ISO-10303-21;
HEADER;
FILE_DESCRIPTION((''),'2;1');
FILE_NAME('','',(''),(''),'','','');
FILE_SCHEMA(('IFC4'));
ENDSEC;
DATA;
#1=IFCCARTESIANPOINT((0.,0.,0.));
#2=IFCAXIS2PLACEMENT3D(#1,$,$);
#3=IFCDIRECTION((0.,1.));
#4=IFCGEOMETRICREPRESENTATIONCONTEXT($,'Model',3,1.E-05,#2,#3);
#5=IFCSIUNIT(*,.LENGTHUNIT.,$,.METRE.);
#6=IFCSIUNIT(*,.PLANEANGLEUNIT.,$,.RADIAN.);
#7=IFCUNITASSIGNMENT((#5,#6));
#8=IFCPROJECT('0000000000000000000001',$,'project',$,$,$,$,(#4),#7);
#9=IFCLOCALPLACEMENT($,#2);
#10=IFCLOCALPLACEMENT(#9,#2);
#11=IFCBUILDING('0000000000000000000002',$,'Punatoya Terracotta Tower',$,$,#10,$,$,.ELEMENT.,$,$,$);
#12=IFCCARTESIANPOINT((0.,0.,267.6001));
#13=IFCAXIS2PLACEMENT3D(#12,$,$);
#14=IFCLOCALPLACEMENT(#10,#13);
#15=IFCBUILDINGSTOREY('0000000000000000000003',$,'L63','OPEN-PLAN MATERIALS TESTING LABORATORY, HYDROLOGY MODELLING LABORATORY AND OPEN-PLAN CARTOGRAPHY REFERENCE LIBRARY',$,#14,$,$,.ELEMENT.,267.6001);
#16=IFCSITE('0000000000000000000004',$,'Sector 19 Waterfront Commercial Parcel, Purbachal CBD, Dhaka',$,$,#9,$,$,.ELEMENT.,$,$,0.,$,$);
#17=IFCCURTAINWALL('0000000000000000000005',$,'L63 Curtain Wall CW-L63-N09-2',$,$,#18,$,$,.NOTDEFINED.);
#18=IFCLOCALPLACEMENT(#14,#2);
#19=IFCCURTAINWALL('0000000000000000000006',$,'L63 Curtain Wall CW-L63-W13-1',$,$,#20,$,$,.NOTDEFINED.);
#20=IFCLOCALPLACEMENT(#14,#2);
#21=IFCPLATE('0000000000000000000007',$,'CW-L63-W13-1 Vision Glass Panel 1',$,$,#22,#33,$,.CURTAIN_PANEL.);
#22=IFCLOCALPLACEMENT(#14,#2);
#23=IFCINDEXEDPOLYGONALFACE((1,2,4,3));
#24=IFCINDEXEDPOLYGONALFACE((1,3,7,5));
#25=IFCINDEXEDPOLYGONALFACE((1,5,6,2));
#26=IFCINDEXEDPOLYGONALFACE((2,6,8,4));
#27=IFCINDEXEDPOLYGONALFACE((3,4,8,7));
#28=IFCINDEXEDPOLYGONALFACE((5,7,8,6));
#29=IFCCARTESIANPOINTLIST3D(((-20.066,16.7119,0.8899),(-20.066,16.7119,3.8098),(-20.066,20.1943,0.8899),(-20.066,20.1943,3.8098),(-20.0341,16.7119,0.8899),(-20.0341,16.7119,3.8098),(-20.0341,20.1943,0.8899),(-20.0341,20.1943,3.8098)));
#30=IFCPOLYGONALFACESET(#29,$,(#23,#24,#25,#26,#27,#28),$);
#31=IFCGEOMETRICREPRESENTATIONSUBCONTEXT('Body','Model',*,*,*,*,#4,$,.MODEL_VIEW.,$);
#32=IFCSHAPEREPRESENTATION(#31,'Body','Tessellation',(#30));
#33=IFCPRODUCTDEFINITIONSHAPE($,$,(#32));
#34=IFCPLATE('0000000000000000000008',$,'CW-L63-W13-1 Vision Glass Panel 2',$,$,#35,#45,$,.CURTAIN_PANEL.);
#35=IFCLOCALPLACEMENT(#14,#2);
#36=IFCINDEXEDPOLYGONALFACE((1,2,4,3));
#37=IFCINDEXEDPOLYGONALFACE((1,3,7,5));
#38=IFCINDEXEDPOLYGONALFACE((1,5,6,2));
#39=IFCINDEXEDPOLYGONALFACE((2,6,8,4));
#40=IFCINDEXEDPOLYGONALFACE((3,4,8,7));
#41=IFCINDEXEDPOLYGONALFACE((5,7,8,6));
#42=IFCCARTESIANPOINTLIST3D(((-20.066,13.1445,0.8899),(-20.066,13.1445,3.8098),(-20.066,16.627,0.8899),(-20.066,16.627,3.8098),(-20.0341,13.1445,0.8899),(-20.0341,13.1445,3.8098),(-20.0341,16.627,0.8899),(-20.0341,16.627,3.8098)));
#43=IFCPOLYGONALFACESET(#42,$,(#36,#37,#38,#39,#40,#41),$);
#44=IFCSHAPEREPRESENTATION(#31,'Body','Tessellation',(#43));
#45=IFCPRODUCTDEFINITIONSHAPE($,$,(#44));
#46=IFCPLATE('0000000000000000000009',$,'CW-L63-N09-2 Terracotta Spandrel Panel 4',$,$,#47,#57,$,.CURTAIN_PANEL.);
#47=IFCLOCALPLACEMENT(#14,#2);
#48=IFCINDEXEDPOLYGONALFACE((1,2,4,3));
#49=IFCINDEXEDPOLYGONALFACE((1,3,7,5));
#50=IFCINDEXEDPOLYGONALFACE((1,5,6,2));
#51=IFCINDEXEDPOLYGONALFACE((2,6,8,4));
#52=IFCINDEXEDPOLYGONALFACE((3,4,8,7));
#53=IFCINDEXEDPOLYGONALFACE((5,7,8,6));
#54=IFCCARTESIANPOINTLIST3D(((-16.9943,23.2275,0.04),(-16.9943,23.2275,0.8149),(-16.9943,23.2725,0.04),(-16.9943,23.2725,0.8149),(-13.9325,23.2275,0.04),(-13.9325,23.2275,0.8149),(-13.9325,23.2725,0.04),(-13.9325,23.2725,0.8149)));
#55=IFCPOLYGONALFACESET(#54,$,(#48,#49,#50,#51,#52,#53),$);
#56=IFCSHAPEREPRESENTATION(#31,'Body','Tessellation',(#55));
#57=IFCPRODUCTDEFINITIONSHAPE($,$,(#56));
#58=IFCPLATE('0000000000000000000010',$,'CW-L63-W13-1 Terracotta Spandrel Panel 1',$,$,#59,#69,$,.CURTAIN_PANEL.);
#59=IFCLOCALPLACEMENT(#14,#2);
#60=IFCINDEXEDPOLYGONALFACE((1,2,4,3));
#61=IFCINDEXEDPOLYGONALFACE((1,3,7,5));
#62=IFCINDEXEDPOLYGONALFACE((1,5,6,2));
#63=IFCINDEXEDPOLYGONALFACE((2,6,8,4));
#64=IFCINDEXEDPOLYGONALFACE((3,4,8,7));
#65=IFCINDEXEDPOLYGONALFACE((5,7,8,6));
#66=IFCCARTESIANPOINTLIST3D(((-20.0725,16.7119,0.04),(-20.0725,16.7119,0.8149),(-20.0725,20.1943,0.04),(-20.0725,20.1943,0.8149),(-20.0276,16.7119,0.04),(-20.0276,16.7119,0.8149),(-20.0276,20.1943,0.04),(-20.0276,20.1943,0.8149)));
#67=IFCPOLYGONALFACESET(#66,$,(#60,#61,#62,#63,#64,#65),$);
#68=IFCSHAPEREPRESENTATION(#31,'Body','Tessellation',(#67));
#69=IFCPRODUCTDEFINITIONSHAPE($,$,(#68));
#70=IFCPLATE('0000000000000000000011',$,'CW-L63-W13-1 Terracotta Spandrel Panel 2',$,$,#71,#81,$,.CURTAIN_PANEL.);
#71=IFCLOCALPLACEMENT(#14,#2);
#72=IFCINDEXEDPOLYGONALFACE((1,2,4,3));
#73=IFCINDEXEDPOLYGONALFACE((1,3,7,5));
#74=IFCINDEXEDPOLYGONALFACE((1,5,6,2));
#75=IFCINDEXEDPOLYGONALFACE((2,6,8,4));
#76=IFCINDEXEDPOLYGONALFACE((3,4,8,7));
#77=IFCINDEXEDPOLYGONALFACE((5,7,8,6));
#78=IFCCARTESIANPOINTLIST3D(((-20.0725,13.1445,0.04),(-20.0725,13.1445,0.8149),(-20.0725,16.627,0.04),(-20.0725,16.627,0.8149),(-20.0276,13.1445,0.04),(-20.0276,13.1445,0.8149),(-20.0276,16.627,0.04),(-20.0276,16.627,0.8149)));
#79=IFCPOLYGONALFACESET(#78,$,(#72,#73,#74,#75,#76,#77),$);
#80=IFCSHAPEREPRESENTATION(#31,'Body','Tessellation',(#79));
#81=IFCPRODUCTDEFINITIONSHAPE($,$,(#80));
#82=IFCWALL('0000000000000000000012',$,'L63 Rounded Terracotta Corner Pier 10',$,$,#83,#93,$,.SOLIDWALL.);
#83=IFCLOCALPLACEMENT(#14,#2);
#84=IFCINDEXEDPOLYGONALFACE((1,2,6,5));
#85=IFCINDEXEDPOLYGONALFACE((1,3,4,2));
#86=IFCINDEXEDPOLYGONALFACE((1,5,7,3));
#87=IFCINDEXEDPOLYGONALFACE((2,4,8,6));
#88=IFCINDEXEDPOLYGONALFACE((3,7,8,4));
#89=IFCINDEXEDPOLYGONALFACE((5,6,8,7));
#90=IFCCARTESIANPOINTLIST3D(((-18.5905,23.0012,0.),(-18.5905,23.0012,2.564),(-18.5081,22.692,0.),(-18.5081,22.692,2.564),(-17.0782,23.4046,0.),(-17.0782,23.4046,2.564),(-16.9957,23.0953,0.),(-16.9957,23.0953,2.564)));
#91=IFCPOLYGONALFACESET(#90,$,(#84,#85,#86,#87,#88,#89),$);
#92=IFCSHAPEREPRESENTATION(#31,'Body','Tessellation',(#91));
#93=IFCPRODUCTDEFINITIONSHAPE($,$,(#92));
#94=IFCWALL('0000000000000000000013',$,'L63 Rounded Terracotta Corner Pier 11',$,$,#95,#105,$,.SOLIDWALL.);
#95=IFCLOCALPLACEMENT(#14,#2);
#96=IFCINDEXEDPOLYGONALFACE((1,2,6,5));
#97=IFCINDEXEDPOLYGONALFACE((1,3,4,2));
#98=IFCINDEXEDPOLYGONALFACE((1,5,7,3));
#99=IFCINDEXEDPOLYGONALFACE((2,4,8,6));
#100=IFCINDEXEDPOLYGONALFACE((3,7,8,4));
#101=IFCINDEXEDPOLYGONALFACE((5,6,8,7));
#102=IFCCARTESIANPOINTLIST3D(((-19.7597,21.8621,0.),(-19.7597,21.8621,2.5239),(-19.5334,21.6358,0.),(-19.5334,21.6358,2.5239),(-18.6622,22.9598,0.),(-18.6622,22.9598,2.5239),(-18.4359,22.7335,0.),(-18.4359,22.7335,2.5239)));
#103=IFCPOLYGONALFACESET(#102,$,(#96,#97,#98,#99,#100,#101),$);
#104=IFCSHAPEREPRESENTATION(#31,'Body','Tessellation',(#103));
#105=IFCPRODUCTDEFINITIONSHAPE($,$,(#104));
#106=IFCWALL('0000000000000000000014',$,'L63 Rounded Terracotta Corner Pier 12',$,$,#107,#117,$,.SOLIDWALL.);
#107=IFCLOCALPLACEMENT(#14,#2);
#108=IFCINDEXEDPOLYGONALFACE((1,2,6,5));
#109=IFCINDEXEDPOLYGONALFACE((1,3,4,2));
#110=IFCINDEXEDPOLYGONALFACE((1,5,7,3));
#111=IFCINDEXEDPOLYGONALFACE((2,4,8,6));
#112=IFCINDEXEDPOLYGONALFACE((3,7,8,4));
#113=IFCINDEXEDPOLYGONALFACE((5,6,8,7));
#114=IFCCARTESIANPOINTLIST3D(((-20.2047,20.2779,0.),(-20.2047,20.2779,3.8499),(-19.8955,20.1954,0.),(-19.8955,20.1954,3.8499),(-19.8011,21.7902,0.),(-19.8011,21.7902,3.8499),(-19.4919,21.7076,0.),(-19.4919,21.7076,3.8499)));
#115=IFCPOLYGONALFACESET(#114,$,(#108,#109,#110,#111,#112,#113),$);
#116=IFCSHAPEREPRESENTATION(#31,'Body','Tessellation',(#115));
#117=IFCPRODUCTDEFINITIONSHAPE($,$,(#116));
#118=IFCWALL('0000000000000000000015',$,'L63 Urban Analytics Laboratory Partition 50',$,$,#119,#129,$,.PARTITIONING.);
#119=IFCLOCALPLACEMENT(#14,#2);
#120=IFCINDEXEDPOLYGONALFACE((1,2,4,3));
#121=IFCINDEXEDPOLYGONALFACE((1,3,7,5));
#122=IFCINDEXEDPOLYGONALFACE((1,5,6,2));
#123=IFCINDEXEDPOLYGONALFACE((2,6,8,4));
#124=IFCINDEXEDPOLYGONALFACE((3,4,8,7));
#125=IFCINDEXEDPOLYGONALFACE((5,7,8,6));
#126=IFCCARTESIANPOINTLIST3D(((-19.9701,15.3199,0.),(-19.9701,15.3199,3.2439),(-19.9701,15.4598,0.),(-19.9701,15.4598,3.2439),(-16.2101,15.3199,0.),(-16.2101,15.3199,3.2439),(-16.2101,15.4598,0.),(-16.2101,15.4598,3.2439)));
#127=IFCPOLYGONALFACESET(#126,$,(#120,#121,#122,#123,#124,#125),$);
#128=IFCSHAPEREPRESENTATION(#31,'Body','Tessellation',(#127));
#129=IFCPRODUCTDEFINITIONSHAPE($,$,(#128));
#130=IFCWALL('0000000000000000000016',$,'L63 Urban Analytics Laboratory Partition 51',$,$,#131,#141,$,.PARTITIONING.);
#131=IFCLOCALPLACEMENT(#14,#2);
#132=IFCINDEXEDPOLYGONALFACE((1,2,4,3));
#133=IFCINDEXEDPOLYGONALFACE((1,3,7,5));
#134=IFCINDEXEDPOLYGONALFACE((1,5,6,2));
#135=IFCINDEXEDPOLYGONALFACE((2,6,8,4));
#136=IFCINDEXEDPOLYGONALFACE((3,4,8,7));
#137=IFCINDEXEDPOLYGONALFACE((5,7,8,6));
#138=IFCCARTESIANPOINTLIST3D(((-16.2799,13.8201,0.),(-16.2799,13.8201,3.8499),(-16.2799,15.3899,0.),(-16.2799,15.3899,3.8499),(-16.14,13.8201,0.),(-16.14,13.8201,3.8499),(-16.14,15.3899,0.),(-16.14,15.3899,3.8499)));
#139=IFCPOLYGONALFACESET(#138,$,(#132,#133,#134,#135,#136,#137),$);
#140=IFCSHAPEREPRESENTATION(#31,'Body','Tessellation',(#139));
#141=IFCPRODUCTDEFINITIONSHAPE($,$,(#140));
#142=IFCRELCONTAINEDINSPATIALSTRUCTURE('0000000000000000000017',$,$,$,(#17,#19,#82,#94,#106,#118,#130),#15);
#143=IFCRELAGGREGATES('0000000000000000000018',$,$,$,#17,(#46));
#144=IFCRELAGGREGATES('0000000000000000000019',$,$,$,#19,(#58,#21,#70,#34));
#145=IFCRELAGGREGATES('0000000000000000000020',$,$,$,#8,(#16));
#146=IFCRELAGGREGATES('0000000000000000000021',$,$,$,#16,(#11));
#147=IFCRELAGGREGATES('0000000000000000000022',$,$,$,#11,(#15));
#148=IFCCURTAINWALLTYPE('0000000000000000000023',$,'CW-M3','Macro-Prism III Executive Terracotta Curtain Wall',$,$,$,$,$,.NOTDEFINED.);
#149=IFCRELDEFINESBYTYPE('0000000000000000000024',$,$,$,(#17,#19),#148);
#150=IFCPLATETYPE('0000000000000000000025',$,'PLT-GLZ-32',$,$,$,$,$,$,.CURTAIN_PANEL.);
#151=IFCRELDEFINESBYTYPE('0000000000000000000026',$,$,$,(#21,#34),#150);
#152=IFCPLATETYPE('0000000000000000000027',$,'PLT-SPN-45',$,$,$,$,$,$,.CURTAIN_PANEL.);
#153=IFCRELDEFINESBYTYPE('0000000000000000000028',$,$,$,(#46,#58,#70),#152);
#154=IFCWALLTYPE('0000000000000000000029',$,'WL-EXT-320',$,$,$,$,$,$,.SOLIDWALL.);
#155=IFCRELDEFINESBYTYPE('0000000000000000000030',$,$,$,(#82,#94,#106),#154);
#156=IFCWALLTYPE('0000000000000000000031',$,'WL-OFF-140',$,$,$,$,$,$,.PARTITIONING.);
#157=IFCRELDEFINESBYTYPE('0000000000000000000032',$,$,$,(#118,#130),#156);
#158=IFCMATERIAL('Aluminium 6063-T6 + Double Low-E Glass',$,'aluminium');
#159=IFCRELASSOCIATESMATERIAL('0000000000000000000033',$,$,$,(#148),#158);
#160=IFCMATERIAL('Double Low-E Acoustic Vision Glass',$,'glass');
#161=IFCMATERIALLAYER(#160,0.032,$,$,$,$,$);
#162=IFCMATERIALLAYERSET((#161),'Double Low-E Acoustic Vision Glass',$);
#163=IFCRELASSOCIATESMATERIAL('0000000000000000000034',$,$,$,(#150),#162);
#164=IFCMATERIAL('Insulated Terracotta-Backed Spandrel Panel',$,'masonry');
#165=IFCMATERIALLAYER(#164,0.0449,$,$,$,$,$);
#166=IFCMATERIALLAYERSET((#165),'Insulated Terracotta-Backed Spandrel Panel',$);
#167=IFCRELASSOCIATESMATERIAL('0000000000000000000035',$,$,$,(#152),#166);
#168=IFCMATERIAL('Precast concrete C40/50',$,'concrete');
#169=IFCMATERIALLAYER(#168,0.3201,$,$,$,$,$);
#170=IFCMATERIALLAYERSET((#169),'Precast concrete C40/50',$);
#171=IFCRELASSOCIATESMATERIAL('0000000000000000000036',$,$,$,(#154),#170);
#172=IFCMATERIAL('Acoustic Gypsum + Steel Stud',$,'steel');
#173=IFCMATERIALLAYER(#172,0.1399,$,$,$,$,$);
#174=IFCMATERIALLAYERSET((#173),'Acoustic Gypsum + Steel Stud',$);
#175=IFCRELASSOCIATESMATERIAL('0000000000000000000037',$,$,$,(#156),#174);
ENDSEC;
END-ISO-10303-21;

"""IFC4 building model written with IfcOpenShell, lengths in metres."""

from ifc_helpers import new_model, si_unit, direction, frame, frame_2d, origin, origin_2d, place, context, subcontext, project, spatial, rectangle, extrude, material, layer, layer_set, type_object, element, aggregate, save


model = new_model("IFC4")

# Units and contexts
model_context = context("Model", 3, precision=1e-05, world=origin(), true_north=direction((0.0, 1.0)))
body_context = subcontext(model_context, "Body", "Model", "MODEL_VIEW")
ifc_project = project(units=[si_unit("LENGTHUNIT", "METRE"), si_unit("PLANEANGLEUNIT", "RADIAN")], contexts=[model_context])

# Site, building, storey
site_placement = place(None, origin())
site = spatial("IfcSite", under=ifc_project, at=site_placement, Name="Sector 19 Waterfront Commercial Parcel, Purbachal CBD, Dhaka", CompositionType="ELEMENT", RefElevation=0.0)
building_placement = place(site_placement, origin())
building = spatial("IfcBuilding", under=site, at=building_placement, Name="Punatoya Terracotta Tower", CompositionType="ELEMENT")
storey_placement = place(building_placement, frame((0.0, 0.0, 267.6001)))
storey = spatial("IfcBuildingStorey", under=building, at=storey_placement, Name="L63", Description="OPEN-PLAN MATERIALS TESTING LABORATORY, HYDROLOGY MODELLING LABORATORY AND OPEN-PLAN CARTOGRAPHY REFERENCE LIBRARY", CompositionType="ELEMENT", Elevation=267.6001)

# Curtain walls
ifc_material_1 = material(Name="Aluminium 6063-T6 + Double Low-E Glass", Category="aluminium")
curtain_wall_type = type_object("IfcCurtainWallType", Name="CW-M3", Description="Macro-Prism III Executive Terracotta Curtain Wall", PredefinedType="NOTDEFINED", material=ifc_material_1)
curtain_wall_1_placement = place(storey_placement, origin())
curtain_wall_1 = element("IfcCurtainWall", 1, at=curtain_wall_1_placement, inside=storey, type_object=curtain_wall_type, Name="L63 Curtain Wall CW-L63-N09-2", PredefinedType="NOTDEFINED")
curtain_wall_2_placement = place(storey_placement, origin())
curtain_wall_2 = element("IfcCurtainWall", 2, at=curtain_wall_2_placement, inside=storey, type_object=curtain_wall_type, Name="L63 Curtain Wall CW-L63-W13-1", PredefinedType="NOTDEFINED")

# Plates
ifc_material_2 = material(Name="Double Low-E Acoustic Vision Glass", Category="glass")
ifc_layer_1 = layer(ifc_material_2, 0.032)
ifc_layer_set_1 = layer_set([ifc_layer_1], Name="Double Low-E Acoustic Vision Glass")
plate_type_1 = type_object("IfcPlateType", Name="PLT-GLZ-32", PredefinedType="CURTAIN_PANEL", material=ifc_layer_set_1)
plate_1_placement = place(storey_placement, frame((-20.05, 18.4531, 0.8899), z_axis=(0.0, 0.0, 1.0), x_axis=(0.0, -1.0, 0.0)))
plate_1 = element("IfcPlate", 3, at=plate_1_placement, type_object=plate_type_1, Name="CW-L63-W13-1 Vision Glass Panel 1", PredefinedType="CURTAIN_PANEL", context=body_context, shape_type="SweptSolid", body=[
    extrude(rectangle(XDim=3.4824, YDim=0.032, at=origin_2d()), origin(), (0.0, 0.0, 1.0), 2.9199),
])
plate_2_placement = place(storey_placement, frame((-20.05, 14.8857, 0.8899), z_axis=(0.0, 0.0, 1.0), x_axis=(0.0, -1.0, 0.0)))
plate_2 = element("IfcPlate", 4, at=plate_2_placement, type_object=plate_type_1, Name="CW-L63-W13-1 Vision Glass Panel 2", PredefinedType="CURTAIN_PANEL", context=body_context, shape_type="SweptSolid", body=[
    extrude(rectangle(XDim=3.4824, YDim=0.032, at=origin_2d()), origin(), (0.0, 0.0, 1.0), 2.9199),
])
ifc_material_3 = material(Name="Insulated Terracotta-Backed Spandrel Panel", Category="masonry")
ifc_layer_2 = layer(ifc_material_3, 0.0449)
ifc_layer_set_2 = layer_set([ifc_layer_2], Name="Insulated Terracotta-Backed Spandrel Panel")
plate_type_2 = type_object("IfcPlateType", Name="PLT-SPN-45", PredefinedType="CURTAIN_PANEL", material=ifc_layer_set_2)
plate_3_placement = place(storey_placement, frame((-15.4634, 23.25, 0.04), z_axis=(0.0, 0.0, 1.0), x_axis=(-1.0, 0.0, 0.0)))
plate_3 = element("IfcPlate", 5, at=plate_3_placement, type_object=plate_type_2, Name="CW-L63-N09-2 Terracotta Spandrel Panel 4", PredefinedType="CURTAIN_PANEL", context=body_context, shape_type="SweptSolid", body=[
    extrude(rectangle(XDim=3.0618, YDim=0.0449, at=origin_2d()), origin(), (0.0, 0.0, 1.0), 0.7749),
])
aggregate(curtain_wall_1, [plate_3])
plate_4_placement = place(storey_placement, frame((-20.05, 18.4531, 0.04), z_axis=(0.0, 0.0, 1.0), x_axis=(0.0, -1.0, 0.0)))
plate_4 = element("IfcPlate", 6, at=plate_4_placement, type_object=plate_type_2, Name="CW-L63-W13-1 Terracotta Spandrel Panel 1", PredefinedType="CURTAIN_PANEL", context=body_context, shape_type="SweptSolid", body=[
    extrude(rectangle(XDim=3.4824, YDim=0.0449, at=origin_2d()), origin(), (0.0, 0.0, 1.0), 0.7749),
])
plate_5_placement = place(storey_placement, frame((-20.05, 14.8857, 0.04), z_axis=(0.0, 0.0, 1.0), x_axis=(0.0, -1.0, 0.0)))
plate_5 = element("IfcPlate", 7, at=plate_5_placement, type_object=plate_type_2, Name="CW-L63-W13-1 Terracotta Spandrel Panel 2", PredefinedType="CURTAIN_PANEL", context=body_context, shape_type="SweptSolid", body=[
    extrude(rectangle(XDim=3.4824, YDim=0.0449, at=origin_2d()), origin(), (0.0, 0.0, 1.0), 0.7749),
])
aggregate(curtain_wall_2, [plate_4, plate_1, plate_5, plate_2])

# Walls
ifc_material_4 = material(Name="Precast concrete C40/50", Category="concrete")
ifc_layer_3 = layer(ifc_material_4, 0.3201)
ifc_layer_set_3 = layer_set([ifc_layer_3], Name="Precast concrete C40/50")
wall_type_1 = type_object("IfcWallType", Name="WL-EXT-320", PredefinedType="SOLIDWALL", material=ifc_layer_set_3)
wall_1_placement = place(storey_placement, frame((-17.0369, 23.25, 0.0), z_axis=(0.0, 0.0, 1.0), x_axis=(-0.966225, -0.257701, 0.0)))
element("IfcWall", 8, at=wall_1_placement, inside=storey, type_object=wall_type_1, Name="L63 Rounded Terracotta Corner Pier 10", PredefinedType="SOLIDWALL", context=body_context, shape_type="SweptSolid", body=[
    extrude(rectangle(XDim=1.5652, YDim=0.3201, at=frame_2d((0.7827, 0.0))), origin(), (0.0, 0.0, 1.0), 2.564),
])
wall_2_placement = place(storey_placement, frame((-18.5491, 22.8467, 0.0), z_axis=(0.0, 0.0, 1.0), x_axis=(-0.707028, -0.707185, 0.0)))
element("IfcWall", 9, at=wall_2_placement, inside=storey, type_object=wall_type_1, Name="L63 Rounded Terracotta Corner Pier 11", PredefinedType="SOLIDWALL", context=body_context, shape_type="SweptSolid", body=[
    extrude(rectangle(XDim=1.5522, YDim=0.3201, at=frame_2d((0.7761, 0.0))), origin(), (0.0, 0.0, 1.0), 2.5239),
])
wall_3_placement = place(storey_placement, frame((-19.6465, 21.749, 0.0), z_axis=(0.0, 0.0, 1.0), x_axis=(-0.257847, -0.966186, 0.0)))
element("IfcWall", 10, at=wall_3_placement, inside=storey, type_object=wall_type_1, Name="L63 Rounded Terracotta Corner Pier 12", PredefinedType="SOLIDWALL", context=body_context, shape_type="SweptSolid", body=[
    extrude(rectangle(XDim=1.5652, YDim=0.3201, at=frame_2d((0.7827, 0.0))), origin(), (0.0, 0.0, 1.0), 3.8499),
])
ifc_material_5 = material(Name="Acoustic Gypsum + Steel Stud", Category="steel")
ifc_layer_4 = layer(ifc_material_5, 0.1399)
ifc_layer_set_4 = layer_set([ifc_layer_4], Name="Acoustic Gypsum + Steel Stud")
wall_type_2 = type_object("IfcWallType", Name="WL-OFF-140", PredefinedType="PARTITIONING", material=ifc_layer_set_4)
wall_4_placement = place(storey_placement, frame((-19.97, 15.3899, 0.0), z_axis=(0.0, 0.0, 1.0), x_axis=(1.0, 0.0, 0.0)))
element("IfcWall", 11, at=wall_4_placement, inside=storey, type_object=wall_type_2, Name="L63 Urban Analytics Laboratory Partition 50", PredefinedType="PARTITIONING", context=body_context, shape_type="SweptSolid", body=[
    extrude(rectangle(XDim=3.76, YDim=0.1399, at=frame_2d((1.8799, 0.0))), origin(), (0.0, 0.0, 1.0), 3.2439),
])
wall_5_placement = place(storey_placement, frame((-16.21, 15.3899, 0.0), z_axis=(0.0, 0.0, 1.0), x_axis=(0.0, -1.0, 0.0)))
element("IfcWall", 12, at=wall_5_placement, inside=storey, type_object=wall_type_2, Name="L63 Urban Analytics Laboratory Partition 51", PredefinedType="PARTITIONING", context=body_context, shape_type="SweptSolid", body=[
    extrude(rectangle(XDim=1.5698, YDim=0.1399, at=frame_2d((0.7849, 0.0))), origin(), (0.0, 0.0, 1.0), 3.8499),
])

save(model, "model.ifc")
